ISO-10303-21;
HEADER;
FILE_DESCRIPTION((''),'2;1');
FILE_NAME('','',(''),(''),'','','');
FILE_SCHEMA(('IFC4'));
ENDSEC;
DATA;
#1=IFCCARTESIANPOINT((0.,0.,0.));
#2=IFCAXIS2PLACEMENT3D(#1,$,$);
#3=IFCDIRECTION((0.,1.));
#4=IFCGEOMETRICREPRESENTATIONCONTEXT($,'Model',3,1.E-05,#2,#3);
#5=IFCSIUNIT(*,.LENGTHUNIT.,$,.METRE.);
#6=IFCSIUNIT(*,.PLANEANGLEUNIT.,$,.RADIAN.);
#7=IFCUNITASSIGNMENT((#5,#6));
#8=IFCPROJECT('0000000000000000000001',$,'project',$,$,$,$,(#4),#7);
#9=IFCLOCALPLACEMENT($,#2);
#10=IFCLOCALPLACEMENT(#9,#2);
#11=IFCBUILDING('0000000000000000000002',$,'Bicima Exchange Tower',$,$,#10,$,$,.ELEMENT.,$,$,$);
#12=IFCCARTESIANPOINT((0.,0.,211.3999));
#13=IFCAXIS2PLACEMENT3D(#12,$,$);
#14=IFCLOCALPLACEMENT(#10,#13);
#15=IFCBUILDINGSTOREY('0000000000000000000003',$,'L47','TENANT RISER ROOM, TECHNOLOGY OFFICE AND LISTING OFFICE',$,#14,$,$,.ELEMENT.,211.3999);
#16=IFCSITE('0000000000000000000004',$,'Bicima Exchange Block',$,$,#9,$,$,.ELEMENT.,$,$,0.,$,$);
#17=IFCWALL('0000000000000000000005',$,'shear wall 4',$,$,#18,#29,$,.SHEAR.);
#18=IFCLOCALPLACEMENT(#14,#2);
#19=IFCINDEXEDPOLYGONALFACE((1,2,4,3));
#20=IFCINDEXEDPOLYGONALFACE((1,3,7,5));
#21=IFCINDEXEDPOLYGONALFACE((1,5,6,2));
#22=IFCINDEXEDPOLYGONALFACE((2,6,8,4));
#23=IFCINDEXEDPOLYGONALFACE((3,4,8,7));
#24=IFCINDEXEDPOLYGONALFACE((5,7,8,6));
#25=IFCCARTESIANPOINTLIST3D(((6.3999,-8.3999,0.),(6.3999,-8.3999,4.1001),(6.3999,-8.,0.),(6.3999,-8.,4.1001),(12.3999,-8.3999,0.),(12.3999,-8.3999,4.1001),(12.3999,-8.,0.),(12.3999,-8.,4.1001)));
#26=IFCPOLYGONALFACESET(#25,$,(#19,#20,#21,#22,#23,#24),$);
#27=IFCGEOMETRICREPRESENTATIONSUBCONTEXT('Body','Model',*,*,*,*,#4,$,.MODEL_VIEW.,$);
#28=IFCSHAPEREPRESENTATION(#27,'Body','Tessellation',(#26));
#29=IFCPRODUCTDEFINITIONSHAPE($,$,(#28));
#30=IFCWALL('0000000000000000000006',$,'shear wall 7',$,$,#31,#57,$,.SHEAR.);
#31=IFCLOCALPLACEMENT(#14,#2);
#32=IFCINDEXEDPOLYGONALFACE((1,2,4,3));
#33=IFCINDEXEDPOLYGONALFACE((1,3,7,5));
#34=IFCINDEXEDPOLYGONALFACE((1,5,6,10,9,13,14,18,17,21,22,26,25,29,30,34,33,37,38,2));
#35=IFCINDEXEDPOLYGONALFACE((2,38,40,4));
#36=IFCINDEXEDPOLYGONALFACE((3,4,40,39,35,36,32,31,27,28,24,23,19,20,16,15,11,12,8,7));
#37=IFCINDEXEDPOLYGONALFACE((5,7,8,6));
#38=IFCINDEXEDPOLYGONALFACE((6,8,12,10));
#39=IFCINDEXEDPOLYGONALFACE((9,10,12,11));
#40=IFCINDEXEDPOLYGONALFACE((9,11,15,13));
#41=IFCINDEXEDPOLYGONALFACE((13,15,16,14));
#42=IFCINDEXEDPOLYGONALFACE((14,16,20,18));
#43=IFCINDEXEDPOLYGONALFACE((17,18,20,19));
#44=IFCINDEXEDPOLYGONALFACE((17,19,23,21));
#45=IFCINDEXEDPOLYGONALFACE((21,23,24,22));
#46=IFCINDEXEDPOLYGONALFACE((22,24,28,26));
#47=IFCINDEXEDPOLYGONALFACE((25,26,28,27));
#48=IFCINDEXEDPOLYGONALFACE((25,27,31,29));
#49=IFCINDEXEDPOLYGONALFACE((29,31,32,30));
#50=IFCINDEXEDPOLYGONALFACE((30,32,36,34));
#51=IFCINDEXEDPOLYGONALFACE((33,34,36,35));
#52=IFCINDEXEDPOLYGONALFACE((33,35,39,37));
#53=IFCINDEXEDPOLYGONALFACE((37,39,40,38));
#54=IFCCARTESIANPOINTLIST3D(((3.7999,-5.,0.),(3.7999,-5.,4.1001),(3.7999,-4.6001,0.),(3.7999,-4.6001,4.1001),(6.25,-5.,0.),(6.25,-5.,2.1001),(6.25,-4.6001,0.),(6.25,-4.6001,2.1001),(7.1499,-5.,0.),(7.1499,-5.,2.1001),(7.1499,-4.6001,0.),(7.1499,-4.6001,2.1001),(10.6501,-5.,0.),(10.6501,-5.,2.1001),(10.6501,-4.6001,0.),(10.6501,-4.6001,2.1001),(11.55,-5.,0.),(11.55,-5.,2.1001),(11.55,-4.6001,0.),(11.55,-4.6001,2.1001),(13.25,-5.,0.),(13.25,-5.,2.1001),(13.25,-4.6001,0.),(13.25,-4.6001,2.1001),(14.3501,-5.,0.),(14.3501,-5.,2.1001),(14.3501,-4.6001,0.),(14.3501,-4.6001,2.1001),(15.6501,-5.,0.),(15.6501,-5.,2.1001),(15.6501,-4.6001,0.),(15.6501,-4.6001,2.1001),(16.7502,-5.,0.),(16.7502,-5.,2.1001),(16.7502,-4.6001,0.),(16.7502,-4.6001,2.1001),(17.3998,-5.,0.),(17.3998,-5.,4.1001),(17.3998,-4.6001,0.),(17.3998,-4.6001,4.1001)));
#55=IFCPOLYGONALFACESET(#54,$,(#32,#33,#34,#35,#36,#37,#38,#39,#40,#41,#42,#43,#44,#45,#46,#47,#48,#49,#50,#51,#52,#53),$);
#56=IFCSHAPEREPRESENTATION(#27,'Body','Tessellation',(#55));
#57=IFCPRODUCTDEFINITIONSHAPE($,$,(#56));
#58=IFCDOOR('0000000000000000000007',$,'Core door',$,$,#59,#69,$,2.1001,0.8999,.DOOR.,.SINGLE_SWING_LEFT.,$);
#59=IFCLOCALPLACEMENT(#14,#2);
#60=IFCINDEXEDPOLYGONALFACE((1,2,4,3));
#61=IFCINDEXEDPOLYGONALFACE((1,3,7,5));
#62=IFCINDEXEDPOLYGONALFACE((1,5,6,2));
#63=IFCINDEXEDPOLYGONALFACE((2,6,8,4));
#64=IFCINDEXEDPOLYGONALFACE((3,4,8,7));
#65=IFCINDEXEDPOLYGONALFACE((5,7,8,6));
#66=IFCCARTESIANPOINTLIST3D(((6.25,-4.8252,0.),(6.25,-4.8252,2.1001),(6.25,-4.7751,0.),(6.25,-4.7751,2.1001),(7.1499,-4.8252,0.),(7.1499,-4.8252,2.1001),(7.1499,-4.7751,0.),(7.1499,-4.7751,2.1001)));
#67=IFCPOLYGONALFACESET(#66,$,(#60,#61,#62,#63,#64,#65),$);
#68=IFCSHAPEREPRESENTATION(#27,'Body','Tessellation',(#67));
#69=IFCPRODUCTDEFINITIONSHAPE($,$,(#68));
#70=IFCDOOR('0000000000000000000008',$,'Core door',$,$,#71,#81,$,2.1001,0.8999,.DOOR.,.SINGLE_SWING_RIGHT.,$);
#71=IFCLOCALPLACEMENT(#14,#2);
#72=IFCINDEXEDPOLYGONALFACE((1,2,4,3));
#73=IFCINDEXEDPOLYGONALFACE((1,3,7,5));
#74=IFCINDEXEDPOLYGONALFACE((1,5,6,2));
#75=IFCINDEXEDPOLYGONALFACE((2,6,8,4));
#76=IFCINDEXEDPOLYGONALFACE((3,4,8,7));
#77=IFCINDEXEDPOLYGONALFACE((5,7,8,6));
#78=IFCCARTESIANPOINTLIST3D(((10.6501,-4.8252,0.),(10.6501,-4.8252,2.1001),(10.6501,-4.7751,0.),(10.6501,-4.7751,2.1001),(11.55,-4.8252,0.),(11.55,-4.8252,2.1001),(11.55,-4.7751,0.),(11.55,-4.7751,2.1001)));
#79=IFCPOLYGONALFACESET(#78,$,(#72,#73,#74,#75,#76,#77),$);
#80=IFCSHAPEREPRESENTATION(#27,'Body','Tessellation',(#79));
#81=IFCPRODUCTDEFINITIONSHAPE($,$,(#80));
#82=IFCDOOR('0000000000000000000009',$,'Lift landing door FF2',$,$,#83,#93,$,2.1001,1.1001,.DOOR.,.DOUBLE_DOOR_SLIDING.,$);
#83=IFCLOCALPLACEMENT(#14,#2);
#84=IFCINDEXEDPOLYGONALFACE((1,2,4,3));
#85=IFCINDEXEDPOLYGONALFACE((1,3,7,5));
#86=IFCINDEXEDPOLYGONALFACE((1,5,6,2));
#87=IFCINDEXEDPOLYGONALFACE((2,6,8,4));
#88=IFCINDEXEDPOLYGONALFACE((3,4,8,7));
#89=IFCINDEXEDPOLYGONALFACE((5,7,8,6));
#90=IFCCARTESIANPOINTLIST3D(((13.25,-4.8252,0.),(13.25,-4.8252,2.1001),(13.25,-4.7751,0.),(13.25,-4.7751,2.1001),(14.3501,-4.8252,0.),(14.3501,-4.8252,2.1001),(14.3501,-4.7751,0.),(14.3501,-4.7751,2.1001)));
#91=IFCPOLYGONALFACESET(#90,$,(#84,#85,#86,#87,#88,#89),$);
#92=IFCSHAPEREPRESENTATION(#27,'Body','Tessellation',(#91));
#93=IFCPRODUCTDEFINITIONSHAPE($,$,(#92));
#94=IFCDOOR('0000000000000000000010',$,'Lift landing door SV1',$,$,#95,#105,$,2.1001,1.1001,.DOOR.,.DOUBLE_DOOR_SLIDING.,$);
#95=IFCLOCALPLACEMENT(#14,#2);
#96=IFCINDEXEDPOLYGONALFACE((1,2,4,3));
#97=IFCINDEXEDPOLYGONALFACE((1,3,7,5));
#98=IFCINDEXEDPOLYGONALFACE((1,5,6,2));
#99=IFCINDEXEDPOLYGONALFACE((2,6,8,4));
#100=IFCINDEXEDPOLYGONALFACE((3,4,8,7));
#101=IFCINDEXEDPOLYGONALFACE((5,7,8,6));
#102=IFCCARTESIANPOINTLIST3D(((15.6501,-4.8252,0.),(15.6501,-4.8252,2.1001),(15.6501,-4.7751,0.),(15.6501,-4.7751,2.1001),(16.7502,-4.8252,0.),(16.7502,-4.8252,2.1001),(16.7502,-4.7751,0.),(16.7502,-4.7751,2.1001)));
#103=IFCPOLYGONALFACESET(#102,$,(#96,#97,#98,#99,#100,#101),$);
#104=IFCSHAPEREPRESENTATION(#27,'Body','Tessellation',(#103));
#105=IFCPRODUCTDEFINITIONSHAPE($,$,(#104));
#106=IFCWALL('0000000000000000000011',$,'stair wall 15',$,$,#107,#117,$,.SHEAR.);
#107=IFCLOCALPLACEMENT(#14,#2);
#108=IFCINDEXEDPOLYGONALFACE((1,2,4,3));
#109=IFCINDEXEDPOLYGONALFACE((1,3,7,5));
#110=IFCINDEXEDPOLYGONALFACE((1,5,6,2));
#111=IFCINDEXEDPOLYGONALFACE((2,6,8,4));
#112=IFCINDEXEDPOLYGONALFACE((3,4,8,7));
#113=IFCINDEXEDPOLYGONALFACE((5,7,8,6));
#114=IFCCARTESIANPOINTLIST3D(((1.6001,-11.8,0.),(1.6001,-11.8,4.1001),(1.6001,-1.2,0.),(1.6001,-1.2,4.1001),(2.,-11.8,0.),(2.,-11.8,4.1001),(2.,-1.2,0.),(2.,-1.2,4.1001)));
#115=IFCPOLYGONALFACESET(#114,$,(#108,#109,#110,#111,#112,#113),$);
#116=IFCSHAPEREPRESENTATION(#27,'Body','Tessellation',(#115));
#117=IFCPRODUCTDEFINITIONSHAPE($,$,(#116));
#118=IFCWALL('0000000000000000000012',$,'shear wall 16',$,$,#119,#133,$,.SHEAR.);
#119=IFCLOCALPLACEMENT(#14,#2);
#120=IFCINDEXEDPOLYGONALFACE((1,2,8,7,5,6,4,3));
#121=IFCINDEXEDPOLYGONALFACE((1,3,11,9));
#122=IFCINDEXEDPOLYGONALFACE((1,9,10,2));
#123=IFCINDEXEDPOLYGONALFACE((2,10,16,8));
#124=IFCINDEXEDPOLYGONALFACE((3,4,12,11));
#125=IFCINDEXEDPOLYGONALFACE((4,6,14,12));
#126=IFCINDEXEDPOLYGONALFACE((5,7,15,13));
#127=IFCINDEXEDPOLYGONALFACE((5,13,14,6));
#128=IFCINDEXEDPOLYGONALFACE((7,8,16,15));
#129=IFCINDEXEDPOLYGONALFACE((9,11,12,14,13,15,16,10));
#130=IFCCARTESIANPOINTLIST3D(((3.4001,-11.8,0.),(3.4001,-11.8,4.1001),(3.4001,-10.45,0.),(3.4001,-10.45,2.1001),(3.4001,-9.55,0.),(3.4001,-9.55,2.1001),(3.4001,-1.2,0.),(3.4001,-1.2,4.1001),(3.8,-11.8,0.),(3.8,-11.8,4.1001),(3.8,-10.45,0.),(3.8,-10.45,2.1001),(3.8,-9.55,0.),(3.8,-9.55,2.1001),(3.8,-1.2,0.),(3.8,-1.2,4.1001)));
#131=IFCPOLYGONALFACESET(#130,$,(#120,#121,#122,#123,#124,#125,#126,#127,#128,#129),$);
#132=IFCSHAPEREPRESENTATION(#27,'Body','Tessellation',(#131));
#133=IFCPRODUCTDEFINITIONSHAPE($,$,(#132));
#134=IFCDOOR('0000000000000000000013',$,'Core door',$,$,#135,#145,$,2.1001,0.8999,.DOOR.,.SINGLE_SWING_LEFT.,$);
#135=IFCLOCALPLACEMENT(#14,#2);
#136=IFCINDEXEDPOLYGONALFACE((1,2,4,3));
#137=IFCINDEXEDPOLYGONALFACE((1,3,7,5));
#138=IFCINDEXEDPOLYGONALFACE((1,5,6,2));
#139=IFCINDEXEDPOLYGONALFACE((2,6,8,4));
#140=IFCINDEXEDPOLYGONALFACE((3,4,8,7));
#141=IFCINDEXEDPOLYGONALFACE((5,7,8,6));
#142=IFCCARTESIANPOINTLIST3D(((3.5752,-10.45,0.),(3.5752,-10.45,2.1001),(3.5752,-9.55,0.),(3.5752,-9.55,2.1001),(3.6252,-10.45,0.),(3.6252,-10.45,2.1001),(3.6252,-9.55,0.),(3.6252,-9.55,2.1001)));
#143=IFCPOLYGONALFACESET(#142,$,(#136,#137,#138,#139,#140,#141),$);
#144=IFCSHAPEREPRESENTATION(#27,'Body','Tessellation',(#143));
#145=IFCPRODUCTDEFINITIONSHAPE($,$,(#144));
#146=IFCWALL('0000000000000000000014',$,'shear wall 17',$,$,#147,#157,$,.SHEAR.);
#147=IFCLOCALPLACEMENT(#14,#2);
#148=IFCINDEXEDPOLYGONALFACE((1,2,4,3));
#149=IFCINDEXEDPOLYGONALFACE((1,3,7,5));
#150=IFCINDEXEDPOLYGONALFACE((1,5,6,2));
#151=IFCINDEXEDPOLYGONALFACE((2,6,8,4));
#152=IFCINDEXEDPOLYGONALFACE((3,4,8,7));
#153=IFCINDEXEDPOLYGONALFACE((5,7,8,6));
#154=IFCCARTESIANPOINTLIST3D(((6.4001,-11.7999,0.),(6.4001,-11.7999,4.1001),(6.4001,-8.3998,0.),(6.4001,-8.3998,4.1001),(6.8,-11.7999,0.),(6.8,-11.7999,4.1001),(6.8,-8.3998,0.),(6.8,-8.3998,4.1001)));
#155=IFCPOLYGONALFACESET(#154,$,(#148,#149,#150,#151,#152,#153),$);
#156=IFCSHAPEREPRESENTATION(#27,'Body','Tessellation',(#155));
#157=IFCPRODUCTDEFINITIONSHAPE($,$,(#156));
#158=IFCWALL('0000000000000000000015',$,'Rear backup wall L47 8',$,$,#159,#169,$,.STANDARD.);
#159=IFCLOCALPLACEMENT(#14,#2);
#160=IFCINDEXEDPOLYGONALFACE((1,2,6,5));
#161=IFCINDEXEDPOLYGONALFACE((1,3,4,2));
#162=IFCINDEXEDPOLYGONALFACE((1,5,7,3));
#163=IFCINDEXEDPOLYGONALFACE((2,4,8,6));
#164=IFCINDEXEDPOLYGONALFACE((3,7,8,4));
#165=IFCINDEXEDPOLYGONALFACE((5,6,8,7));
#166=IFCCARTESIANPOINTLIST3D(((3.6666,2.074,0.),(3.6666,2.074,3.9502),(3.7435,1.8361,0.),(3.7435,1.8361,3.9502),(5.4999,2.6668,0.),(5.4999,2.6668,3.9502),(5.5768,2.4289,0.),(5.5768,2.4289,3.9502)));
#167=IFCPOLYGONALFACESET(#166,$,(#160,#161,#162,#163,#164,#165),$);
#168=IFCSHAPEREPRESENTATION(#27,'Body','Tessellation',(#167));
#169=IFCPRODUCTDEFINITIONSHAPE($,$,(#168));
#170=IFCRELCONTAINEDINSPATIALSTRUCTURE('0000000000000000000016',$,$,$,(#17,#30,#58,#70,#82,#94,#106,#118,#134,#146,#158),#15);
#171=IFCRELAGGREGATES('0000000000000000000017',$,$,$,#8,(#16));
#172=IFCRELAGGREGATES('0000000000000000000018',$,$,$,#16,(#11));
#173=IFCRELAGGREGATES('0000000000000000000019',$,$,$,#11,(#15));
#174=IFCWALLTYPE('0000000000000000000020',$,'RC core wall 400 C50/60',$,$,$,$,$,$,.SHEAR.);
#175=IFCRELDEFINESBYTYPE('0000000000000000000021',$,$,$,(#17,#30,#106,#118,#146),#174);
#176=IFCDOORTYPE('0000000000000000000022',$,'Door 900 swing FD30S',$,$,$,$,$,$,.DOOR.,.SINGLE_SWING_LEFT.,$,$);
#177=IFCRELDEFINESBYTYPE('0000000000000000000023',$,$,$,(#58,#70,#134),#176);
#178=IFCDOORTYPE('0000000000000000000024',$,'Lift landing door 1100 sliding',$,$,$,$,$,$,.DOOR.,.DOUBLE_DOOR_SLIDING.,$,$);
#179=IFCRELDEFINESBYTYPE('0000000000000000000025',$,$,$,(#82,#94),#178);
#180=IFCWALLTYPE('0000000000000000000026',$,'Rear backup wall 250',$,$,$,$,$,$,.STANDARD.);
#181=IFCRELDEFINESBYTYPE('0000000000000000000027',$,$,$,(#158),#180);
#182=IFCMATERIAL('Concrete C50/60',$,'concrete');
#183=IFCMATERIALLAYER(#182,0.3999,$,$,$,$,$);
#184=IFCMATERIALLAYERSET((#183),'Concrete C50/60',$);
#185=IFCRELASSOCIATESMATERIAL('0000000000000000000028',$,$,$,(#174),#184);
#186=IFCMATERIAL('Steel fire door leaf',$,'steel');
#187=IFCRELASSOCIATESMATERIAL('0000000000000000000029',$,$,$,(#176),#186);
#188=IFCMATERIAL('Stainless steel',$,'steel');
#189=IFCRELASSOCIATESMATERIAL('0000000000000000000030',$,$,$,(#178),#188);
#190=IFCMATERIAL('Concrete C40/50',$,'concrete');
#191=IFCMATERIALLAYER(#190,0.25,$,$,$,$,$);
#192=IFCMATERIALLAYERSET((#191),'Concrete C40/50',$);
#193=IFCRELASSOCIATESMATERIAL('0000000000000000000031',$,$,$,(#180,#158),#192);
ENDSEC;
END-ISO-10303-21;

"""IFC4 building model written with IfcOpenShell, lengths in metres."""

from ifc_helpers import new_model, si_unit, direction, frame, frame_2d, origin, place, context, subcontext, project, spatial, rectangle, extrude, material, layer, layer_set, layer_usage, type_object, element, fill, save


model = new_model("IFC4")

# Units and contexts
model_context = context("Model", 3, precision=1e-05, world=origin(), true_north=direction((0.0, 1.0)))
body_context = subcontext(model_context, "Body", "Model", "MODEL_VIEW")
ifc_project = project(units=[si_unit("LENGTHUNIT", "METRE"), si_unit("PLANEANGLEUNIT", "RADIAN")], contexts=[model_context])

# Site, building, storey
site_placement = place(None, origin())
site = spatial("IfcSite", under=ifc_project, at=site_placement, Name="Bicima Exchange Block", CompositionType="ELEMENT", RefElevation=0.0)
building_placement = place(site_placement, origin())
building = spatial("IfcBuilding", under=site, at=building_placement, Name="Bicima Exchange Tower", CompositionType="ELEMENT")
storey_placement = place(building_placement, frame((0.0, 0.0, 211.3999)))
storey = spatial("IfcBuildingStorey", under=building, at=storey_placement, Name="L47", Description="TENANT RISER ROOM, TECHNOLOGY OFFICE AND LISTING OFFICE", CompositionType="ELEMENT", Elevation=211.3999)

# Shared definitions
ifc_material_1 = material(Name="Concrete C40/50", Category="concrete")

# Shared definitions
ifc_material_2 = material(Name="Concrete C50/60", Category="concrete")

# Wall
ifc_layer_1 = layer(ifc_material_2, 0.3999)
ifc_layer_set_1 = layer_set([ifc_layer_1], Name="Concrete C50/60")
wall_type_1 = type_object("IfcWallType", Name="RC core wall 400 C50/60", PredefinedType="SHEAR", material=ifc_layer_set_1)
wall_1_placement = place(storey_placement, frame((6.3999, -8.2, 0.0), z_axis=(0.0, 0.0, 1.0), x_axis=(1.0, 0.0, 0.0)))
element("IfcWall", 1, at=wall_1_placement, inside=storey, type_object=wall_type_1, Name="shear wall 4", PredefinedType="SHEAR", context=body_context, shape_type="SweptSolid", body=[
    extrude(rectangle(XDim=6.0, YDim=0.3999, at=frame_2d((3.0, 0.0))), origin(), (0.0, 0.0, 1.0), 4.1001),
])

# Wall, openings, doors
wall_2_placement = place(storey_placement, frame((3.8, -4.8, 0.0), z_axis=(0.0, 0.0, 1.0), x_axis=(1.0, 0.0, 0.0)))
wall_2 = element("IfcWall", 2, at=wall_2_placement, inside=storey, type_object=wall_type_1, Name="shear wall 7", PredefinedType="SHEAR", context=body_context, shape_type="SweptSolid", body=[
    extrude(rectangle(XDim=13.5999, YDim=0.3999, at=frame_2d((6.7998, 0.0))), origin(), (0.0, 0.0, 1.0), 4.1001),
])
opening_1_placement = place(wall_2_placement, frame((9.45, 0.0, 0.0)))
opening_1 = element("IfcOpeningElement", 3, at=opening_1_placement, cuts=wall_2, PredefinedType="OPENING", context=body_context, shape_type="SweptSolid", body=[
    extrude(rectangle(XDim=1.1001, YDim=2.1001, at=frame_2d((0.55, 1.05))), frame((0.0, 0.2119, 0.0), z_axis=(0.0, -1.0, 0.0), x_axis=(1.0, 0.0, 0.0)), (0.0, 0.0, 1.0), 0.4238),
])
opening_2_placement = place(wall_2_placement, frame((11.8501, 0.0, 0.0)))
opening_2 = element("IfcOpeningElement", 4, at=opening_2_placement, cuts=wall_2, PredefinedType="OPENING", context=body_context, shape_type="SweptSolid", body=[
    extrude(rectangle(XDim=1.1001, YDim=2.1001, at=frame_2d((0.55, 1.05))), frame((0.0, 0.2119, 0.0), z_axis=(0.0, -1.0, 0.0), x_axis=(1.0, 0.0, 0.0)), (0.0, 0.0, 1.0), 0.4238),
])
opening_3_placement = place(wall_2_placement, frame((2.45, 0.0, 0.0)))
opening_3 = element("IfcOpeningElement", 5, at=opening_3_placement, cuts=wall_2, PredefinedType="OPENING", context=body_context, shape_type="SweptSolid", body=[
    extrude(rectangle(XDim=0.8999, YDim=2.1001, at=frame_2d((0.45, 1.05))), frame((0.0, 0.2119, 0.0), z_axis=(0.0, -1.0, 0.0), x_axis=(1.0, 0.0, 0.0)), (0.0, 0.0, 1.0), 0.4238),
])
opening_4_placement = place(wall_2_placement, frame((6.8501, 0.0, 0.0)))
opening_4 = element("IfcOpeningElement", 6, at=opening_4_placement, cuts=wall_2, PredefinedType="OPENING", context=body_context, shape_type="SweptSolid", body=[
    extrude(rectangle(XDim=0.8999, YDim=2.1001, at=frame_2d((0.45, 1.05))), frame((0.0, 0.2119, 0.0), z_axis=(0.0, -1.0, 0.0), x_axis=(1.0, 0.0, 0.0)), (0.0, 0.0, 1.0), 0.4238),
])
ifc_material_3 = material(Name="Steel fire door leaf", Category="steel")
door_type_1 = type_object("IfcDoorType", Name="Door 900 swing FD30S", OperationType="SINGLE_SWING_LEFT", PredefinedType="DOOR", material=ifc_material_3)
door_1_placement = place(opening_3_placement, origin())
door_1 = element("IfcDoor", 7, at=door_1_placement, inside=storey, type_object=door_type_1, Name="Core door", OperationType="SINGLE_SWING_LEFT", OverallHeight=2.1001, OverallWidth=0.8999, PredefinedType="DOOR", context=body_context, shape_type="SweptSolid", body=[
    extrude(rectangle(XDim=0.8999, YDim=2.1001, at=frame_2d((0.45, 1.05))), frame((0.0, 0.0249, 0.0), z_axis=(0.0, -1.0, 0.0), x_axis=(1.0, 0.0, 0.0)), (0.0, 0.0, 1.0), 0.05),
])
fill(opening_3, door_1)
door_2_placement = place(opening_4_placement, origin())
door_2 = element("IfcDoor", 8, at=door_2_placement, inside=storey, type_object=door_type_1, Name="Core door", OperationType="SINGLE_SWING_RIGHT", OverallHeight=2.1001, OverallWidth=0.8999, PredefinedType="DOOR", context=body_context, shape_type="SweptSolid", body=[
    extrude(rectangle(XDim=0.8999, YDim=2.1001, at=frame_2d((0.45, 1.05))), frame((0.0, 0.0249, 0.0), z_axis=(0.0, -1.0, 0.0), x_axis=(1.0, 0.0, 0.0)), (0.0, 0.0, 1.0), 0.05),
])
fill(opening_4, door_2)
ifc_material_4 = material(Name="Stainless steel", Category="steel")
door_type_2 = type_object("IfcDoorType", Name="Lift landing door 1100 sliding", OperationType="DOUBLE_DOOR_SLIDING", PredefinedType="DOOR", material=ifc_material_4)
door_3_placement = place(opening_1_placement, origin())
door_3 = element("IfcDoor", 9, at=door_3_placement, inside=storey, type_object=door_type_2, Name="Lift landing door FF2", OperationType="DOUBLE_DOOR_SLIDING", OverallHeight=2.1001, OverallWidth=1.1001, PredefinedType="DOOR", context=body_context, shape_type="SweptSolid", body=[
    extrude(rectangle(XDim=1.1001, YDim=2.1001, at=frame_2d((0.55, 1.05))), frame((0.0, 0.0249, 0.0), z_axis=(0.0, -1.0, 0.0), x_axis=(1.0, 0.0, 0.0)), (0.0, 0.0, 1.0), 0.05),
])
fill(opening_1, door_3)
door_4_placement = place(opening_2_placement, origin())
door_4 = element("IfcDoor", 10, at=door_4_placement, inside=storey, type_object=door_type_2, Name="Lift landing door SV1", OperationType="DOUBLE_DOOR_SLIDING", OverallHeight=2.1001, OverallWidth=1.1001, PredefinedType="DOOR", context=body_context, shape_type="SweptSolid", body=[
    extrude(rectangle(XDim=1.1001, YDim=2.1001, at=frame_2d((0.55, 1.05))), frame((0.0, 0.0249, 0.0), z_axis=(0.0, -1.0, 0.0), x_axis=(1.0, 0.0, 0.0)), (0.0, 0.0, 1.0), 0.05),
])
fill(opening_2, door_4)

# Wall
wall_3_placement = place(storey_placement, frame((1.8, -11.8, 0.0), z_axis=(0.0, 0.0, 1.0), x_axis=(0.0, 1.0, 0.0)))
element("IfcWall", 11, at=wall_3_placement, inside=storey, type_object=wall_type_1, Name="stair wall 15", PredefinedType="SHEAR", context=body_context, shape_type="SweptSolid", body=[
    extrude(rectangle(XDim=10.6001, YDim=0.3999, at=frame_2d((5.3, 0.0))), origin(), (0.0, 0.0, 1.0), 4.1001),
])

# Wall, opening, door
wall_4_placement = place(storey_placement, frame((3.6001, -11.8, 0.0), z_axis=(0.0, 0.0, 1.0), x_axis=(0.0, 1.0, 0.0)))
wall_4 = element("IfcWall", 12, at=wall_4_placement, inside=storey, type_object=wall_type_1, Name="shear wall 16", PredefinedType="SHEAR", context=body_context, shape_type="SweptSolid", body=[
    extrude(rectangle(XDim=10.6001, YDim=0.3999, at=frame_2d((5.3, 0.0))), origin(), (0.0, 0.0, 1.0), 4.1001),
])
opening_5_placement = place(wall_4_placement, frame((1.3501, 0.0, 0.0)))
opening_5 = element("IfcOpeningElement", 13, at=opening_5_placement, cuts=wall_4, PredefinedType="OPENING", context=body_context, shape_type="SweptSolid", body=[
    extrude(rectangle(XDim=0.8999, YDim=2.1001, at=frame_2d((0.45, 1.05))), frame((0.0, 0.2119, 0.0), z_axis=(0.0, -1.0, 0.0), x_axis=(1.0, 0.0, 0.0)), (0.0, 0.0, 1.0), 0.4238),
])
door_5_placement = place(opening_5_placement, origin())
door_5 = element("IfcDoor", 14, at=door_5_placement, inside=storey, type_object=door_type_1, Name="Core door", OperationType="SINGLE_SWING_LEFT", OverallHeight=2.1001, OverallWidth=0.8999, PredefinedType="DOOR", context=body_context, shape_type="SweptSolid", body=[
    extrude(rectangle(XDim=0.8999, YDim=2.1001, at=frame_2d((0.45, 1.05))), frame((0.0, 0.0249, 0.0), z_axis=(0.0, -1.0, 0.0), x_axis=(1.0, 0.0, 0.0)), (0.0, 0.0, 1.0), 0.05),
])
fill(opening_5, door_5)

# Walls
wall_5_placement = place(storey_placement, frame((6.6001, -11.8, 0.0), z_axis=(0.0, 0.0, 1.0), x_axis=(0.0, 1.0, 0.0)))
element("IfcWall", 15, at=wall_5_placement, inside=storey, type_object=wall_type_1, Name="shear wall 17", PredefinedType="SHEAR", context=body_context, shape_type="SweptSolid", body=[
    extrude(rectangle(XDim=3.4001, YDim=0.3999, at=frame_2d((1.7002, 0.0))), origin(), (0.0, 0.0, 1.0), 4.1001),
])
ifc_layer_2 = layer(ifc_material_1, 0.25)
ifc_layer_set_2 = layer_set([ifc_layer_2], Name="Concrete C40/50")
ifc_layer_usage = layer_usage(ifc_layer_set_2, "AXIS2", "POSITIVE", -0.125)
wall_type_2 = type_object("IfcWallType", Name="Rear backup wall 250", PredefinedType="STANDARD", material=ifc_layer_set_2)
wall_6_placement = place(storey_placement, frame((5.5383, 2.5479, 0.0), z_axis=(0.0, 0.0, 1.0), x_axis=(-0.951496, -0.307662, 0.0)))
element("IfcWall", 16, at=wall_6_placement, inside=storey, type_object=wall_type_2, material=ifc_layer_usage, Name="Rear backup wall L47 8", PredefinedType="STANDARD", context=body_context, shape_type="SweptSolid", body=[
    extrude(rectangle(XDim=1.9268, YDim=0.25, at=frame_2d((0.9634, 0.0))), origin(), (0.0, 0.0, 1.0), 3.9502),
])

save(model, "model.ifc")
